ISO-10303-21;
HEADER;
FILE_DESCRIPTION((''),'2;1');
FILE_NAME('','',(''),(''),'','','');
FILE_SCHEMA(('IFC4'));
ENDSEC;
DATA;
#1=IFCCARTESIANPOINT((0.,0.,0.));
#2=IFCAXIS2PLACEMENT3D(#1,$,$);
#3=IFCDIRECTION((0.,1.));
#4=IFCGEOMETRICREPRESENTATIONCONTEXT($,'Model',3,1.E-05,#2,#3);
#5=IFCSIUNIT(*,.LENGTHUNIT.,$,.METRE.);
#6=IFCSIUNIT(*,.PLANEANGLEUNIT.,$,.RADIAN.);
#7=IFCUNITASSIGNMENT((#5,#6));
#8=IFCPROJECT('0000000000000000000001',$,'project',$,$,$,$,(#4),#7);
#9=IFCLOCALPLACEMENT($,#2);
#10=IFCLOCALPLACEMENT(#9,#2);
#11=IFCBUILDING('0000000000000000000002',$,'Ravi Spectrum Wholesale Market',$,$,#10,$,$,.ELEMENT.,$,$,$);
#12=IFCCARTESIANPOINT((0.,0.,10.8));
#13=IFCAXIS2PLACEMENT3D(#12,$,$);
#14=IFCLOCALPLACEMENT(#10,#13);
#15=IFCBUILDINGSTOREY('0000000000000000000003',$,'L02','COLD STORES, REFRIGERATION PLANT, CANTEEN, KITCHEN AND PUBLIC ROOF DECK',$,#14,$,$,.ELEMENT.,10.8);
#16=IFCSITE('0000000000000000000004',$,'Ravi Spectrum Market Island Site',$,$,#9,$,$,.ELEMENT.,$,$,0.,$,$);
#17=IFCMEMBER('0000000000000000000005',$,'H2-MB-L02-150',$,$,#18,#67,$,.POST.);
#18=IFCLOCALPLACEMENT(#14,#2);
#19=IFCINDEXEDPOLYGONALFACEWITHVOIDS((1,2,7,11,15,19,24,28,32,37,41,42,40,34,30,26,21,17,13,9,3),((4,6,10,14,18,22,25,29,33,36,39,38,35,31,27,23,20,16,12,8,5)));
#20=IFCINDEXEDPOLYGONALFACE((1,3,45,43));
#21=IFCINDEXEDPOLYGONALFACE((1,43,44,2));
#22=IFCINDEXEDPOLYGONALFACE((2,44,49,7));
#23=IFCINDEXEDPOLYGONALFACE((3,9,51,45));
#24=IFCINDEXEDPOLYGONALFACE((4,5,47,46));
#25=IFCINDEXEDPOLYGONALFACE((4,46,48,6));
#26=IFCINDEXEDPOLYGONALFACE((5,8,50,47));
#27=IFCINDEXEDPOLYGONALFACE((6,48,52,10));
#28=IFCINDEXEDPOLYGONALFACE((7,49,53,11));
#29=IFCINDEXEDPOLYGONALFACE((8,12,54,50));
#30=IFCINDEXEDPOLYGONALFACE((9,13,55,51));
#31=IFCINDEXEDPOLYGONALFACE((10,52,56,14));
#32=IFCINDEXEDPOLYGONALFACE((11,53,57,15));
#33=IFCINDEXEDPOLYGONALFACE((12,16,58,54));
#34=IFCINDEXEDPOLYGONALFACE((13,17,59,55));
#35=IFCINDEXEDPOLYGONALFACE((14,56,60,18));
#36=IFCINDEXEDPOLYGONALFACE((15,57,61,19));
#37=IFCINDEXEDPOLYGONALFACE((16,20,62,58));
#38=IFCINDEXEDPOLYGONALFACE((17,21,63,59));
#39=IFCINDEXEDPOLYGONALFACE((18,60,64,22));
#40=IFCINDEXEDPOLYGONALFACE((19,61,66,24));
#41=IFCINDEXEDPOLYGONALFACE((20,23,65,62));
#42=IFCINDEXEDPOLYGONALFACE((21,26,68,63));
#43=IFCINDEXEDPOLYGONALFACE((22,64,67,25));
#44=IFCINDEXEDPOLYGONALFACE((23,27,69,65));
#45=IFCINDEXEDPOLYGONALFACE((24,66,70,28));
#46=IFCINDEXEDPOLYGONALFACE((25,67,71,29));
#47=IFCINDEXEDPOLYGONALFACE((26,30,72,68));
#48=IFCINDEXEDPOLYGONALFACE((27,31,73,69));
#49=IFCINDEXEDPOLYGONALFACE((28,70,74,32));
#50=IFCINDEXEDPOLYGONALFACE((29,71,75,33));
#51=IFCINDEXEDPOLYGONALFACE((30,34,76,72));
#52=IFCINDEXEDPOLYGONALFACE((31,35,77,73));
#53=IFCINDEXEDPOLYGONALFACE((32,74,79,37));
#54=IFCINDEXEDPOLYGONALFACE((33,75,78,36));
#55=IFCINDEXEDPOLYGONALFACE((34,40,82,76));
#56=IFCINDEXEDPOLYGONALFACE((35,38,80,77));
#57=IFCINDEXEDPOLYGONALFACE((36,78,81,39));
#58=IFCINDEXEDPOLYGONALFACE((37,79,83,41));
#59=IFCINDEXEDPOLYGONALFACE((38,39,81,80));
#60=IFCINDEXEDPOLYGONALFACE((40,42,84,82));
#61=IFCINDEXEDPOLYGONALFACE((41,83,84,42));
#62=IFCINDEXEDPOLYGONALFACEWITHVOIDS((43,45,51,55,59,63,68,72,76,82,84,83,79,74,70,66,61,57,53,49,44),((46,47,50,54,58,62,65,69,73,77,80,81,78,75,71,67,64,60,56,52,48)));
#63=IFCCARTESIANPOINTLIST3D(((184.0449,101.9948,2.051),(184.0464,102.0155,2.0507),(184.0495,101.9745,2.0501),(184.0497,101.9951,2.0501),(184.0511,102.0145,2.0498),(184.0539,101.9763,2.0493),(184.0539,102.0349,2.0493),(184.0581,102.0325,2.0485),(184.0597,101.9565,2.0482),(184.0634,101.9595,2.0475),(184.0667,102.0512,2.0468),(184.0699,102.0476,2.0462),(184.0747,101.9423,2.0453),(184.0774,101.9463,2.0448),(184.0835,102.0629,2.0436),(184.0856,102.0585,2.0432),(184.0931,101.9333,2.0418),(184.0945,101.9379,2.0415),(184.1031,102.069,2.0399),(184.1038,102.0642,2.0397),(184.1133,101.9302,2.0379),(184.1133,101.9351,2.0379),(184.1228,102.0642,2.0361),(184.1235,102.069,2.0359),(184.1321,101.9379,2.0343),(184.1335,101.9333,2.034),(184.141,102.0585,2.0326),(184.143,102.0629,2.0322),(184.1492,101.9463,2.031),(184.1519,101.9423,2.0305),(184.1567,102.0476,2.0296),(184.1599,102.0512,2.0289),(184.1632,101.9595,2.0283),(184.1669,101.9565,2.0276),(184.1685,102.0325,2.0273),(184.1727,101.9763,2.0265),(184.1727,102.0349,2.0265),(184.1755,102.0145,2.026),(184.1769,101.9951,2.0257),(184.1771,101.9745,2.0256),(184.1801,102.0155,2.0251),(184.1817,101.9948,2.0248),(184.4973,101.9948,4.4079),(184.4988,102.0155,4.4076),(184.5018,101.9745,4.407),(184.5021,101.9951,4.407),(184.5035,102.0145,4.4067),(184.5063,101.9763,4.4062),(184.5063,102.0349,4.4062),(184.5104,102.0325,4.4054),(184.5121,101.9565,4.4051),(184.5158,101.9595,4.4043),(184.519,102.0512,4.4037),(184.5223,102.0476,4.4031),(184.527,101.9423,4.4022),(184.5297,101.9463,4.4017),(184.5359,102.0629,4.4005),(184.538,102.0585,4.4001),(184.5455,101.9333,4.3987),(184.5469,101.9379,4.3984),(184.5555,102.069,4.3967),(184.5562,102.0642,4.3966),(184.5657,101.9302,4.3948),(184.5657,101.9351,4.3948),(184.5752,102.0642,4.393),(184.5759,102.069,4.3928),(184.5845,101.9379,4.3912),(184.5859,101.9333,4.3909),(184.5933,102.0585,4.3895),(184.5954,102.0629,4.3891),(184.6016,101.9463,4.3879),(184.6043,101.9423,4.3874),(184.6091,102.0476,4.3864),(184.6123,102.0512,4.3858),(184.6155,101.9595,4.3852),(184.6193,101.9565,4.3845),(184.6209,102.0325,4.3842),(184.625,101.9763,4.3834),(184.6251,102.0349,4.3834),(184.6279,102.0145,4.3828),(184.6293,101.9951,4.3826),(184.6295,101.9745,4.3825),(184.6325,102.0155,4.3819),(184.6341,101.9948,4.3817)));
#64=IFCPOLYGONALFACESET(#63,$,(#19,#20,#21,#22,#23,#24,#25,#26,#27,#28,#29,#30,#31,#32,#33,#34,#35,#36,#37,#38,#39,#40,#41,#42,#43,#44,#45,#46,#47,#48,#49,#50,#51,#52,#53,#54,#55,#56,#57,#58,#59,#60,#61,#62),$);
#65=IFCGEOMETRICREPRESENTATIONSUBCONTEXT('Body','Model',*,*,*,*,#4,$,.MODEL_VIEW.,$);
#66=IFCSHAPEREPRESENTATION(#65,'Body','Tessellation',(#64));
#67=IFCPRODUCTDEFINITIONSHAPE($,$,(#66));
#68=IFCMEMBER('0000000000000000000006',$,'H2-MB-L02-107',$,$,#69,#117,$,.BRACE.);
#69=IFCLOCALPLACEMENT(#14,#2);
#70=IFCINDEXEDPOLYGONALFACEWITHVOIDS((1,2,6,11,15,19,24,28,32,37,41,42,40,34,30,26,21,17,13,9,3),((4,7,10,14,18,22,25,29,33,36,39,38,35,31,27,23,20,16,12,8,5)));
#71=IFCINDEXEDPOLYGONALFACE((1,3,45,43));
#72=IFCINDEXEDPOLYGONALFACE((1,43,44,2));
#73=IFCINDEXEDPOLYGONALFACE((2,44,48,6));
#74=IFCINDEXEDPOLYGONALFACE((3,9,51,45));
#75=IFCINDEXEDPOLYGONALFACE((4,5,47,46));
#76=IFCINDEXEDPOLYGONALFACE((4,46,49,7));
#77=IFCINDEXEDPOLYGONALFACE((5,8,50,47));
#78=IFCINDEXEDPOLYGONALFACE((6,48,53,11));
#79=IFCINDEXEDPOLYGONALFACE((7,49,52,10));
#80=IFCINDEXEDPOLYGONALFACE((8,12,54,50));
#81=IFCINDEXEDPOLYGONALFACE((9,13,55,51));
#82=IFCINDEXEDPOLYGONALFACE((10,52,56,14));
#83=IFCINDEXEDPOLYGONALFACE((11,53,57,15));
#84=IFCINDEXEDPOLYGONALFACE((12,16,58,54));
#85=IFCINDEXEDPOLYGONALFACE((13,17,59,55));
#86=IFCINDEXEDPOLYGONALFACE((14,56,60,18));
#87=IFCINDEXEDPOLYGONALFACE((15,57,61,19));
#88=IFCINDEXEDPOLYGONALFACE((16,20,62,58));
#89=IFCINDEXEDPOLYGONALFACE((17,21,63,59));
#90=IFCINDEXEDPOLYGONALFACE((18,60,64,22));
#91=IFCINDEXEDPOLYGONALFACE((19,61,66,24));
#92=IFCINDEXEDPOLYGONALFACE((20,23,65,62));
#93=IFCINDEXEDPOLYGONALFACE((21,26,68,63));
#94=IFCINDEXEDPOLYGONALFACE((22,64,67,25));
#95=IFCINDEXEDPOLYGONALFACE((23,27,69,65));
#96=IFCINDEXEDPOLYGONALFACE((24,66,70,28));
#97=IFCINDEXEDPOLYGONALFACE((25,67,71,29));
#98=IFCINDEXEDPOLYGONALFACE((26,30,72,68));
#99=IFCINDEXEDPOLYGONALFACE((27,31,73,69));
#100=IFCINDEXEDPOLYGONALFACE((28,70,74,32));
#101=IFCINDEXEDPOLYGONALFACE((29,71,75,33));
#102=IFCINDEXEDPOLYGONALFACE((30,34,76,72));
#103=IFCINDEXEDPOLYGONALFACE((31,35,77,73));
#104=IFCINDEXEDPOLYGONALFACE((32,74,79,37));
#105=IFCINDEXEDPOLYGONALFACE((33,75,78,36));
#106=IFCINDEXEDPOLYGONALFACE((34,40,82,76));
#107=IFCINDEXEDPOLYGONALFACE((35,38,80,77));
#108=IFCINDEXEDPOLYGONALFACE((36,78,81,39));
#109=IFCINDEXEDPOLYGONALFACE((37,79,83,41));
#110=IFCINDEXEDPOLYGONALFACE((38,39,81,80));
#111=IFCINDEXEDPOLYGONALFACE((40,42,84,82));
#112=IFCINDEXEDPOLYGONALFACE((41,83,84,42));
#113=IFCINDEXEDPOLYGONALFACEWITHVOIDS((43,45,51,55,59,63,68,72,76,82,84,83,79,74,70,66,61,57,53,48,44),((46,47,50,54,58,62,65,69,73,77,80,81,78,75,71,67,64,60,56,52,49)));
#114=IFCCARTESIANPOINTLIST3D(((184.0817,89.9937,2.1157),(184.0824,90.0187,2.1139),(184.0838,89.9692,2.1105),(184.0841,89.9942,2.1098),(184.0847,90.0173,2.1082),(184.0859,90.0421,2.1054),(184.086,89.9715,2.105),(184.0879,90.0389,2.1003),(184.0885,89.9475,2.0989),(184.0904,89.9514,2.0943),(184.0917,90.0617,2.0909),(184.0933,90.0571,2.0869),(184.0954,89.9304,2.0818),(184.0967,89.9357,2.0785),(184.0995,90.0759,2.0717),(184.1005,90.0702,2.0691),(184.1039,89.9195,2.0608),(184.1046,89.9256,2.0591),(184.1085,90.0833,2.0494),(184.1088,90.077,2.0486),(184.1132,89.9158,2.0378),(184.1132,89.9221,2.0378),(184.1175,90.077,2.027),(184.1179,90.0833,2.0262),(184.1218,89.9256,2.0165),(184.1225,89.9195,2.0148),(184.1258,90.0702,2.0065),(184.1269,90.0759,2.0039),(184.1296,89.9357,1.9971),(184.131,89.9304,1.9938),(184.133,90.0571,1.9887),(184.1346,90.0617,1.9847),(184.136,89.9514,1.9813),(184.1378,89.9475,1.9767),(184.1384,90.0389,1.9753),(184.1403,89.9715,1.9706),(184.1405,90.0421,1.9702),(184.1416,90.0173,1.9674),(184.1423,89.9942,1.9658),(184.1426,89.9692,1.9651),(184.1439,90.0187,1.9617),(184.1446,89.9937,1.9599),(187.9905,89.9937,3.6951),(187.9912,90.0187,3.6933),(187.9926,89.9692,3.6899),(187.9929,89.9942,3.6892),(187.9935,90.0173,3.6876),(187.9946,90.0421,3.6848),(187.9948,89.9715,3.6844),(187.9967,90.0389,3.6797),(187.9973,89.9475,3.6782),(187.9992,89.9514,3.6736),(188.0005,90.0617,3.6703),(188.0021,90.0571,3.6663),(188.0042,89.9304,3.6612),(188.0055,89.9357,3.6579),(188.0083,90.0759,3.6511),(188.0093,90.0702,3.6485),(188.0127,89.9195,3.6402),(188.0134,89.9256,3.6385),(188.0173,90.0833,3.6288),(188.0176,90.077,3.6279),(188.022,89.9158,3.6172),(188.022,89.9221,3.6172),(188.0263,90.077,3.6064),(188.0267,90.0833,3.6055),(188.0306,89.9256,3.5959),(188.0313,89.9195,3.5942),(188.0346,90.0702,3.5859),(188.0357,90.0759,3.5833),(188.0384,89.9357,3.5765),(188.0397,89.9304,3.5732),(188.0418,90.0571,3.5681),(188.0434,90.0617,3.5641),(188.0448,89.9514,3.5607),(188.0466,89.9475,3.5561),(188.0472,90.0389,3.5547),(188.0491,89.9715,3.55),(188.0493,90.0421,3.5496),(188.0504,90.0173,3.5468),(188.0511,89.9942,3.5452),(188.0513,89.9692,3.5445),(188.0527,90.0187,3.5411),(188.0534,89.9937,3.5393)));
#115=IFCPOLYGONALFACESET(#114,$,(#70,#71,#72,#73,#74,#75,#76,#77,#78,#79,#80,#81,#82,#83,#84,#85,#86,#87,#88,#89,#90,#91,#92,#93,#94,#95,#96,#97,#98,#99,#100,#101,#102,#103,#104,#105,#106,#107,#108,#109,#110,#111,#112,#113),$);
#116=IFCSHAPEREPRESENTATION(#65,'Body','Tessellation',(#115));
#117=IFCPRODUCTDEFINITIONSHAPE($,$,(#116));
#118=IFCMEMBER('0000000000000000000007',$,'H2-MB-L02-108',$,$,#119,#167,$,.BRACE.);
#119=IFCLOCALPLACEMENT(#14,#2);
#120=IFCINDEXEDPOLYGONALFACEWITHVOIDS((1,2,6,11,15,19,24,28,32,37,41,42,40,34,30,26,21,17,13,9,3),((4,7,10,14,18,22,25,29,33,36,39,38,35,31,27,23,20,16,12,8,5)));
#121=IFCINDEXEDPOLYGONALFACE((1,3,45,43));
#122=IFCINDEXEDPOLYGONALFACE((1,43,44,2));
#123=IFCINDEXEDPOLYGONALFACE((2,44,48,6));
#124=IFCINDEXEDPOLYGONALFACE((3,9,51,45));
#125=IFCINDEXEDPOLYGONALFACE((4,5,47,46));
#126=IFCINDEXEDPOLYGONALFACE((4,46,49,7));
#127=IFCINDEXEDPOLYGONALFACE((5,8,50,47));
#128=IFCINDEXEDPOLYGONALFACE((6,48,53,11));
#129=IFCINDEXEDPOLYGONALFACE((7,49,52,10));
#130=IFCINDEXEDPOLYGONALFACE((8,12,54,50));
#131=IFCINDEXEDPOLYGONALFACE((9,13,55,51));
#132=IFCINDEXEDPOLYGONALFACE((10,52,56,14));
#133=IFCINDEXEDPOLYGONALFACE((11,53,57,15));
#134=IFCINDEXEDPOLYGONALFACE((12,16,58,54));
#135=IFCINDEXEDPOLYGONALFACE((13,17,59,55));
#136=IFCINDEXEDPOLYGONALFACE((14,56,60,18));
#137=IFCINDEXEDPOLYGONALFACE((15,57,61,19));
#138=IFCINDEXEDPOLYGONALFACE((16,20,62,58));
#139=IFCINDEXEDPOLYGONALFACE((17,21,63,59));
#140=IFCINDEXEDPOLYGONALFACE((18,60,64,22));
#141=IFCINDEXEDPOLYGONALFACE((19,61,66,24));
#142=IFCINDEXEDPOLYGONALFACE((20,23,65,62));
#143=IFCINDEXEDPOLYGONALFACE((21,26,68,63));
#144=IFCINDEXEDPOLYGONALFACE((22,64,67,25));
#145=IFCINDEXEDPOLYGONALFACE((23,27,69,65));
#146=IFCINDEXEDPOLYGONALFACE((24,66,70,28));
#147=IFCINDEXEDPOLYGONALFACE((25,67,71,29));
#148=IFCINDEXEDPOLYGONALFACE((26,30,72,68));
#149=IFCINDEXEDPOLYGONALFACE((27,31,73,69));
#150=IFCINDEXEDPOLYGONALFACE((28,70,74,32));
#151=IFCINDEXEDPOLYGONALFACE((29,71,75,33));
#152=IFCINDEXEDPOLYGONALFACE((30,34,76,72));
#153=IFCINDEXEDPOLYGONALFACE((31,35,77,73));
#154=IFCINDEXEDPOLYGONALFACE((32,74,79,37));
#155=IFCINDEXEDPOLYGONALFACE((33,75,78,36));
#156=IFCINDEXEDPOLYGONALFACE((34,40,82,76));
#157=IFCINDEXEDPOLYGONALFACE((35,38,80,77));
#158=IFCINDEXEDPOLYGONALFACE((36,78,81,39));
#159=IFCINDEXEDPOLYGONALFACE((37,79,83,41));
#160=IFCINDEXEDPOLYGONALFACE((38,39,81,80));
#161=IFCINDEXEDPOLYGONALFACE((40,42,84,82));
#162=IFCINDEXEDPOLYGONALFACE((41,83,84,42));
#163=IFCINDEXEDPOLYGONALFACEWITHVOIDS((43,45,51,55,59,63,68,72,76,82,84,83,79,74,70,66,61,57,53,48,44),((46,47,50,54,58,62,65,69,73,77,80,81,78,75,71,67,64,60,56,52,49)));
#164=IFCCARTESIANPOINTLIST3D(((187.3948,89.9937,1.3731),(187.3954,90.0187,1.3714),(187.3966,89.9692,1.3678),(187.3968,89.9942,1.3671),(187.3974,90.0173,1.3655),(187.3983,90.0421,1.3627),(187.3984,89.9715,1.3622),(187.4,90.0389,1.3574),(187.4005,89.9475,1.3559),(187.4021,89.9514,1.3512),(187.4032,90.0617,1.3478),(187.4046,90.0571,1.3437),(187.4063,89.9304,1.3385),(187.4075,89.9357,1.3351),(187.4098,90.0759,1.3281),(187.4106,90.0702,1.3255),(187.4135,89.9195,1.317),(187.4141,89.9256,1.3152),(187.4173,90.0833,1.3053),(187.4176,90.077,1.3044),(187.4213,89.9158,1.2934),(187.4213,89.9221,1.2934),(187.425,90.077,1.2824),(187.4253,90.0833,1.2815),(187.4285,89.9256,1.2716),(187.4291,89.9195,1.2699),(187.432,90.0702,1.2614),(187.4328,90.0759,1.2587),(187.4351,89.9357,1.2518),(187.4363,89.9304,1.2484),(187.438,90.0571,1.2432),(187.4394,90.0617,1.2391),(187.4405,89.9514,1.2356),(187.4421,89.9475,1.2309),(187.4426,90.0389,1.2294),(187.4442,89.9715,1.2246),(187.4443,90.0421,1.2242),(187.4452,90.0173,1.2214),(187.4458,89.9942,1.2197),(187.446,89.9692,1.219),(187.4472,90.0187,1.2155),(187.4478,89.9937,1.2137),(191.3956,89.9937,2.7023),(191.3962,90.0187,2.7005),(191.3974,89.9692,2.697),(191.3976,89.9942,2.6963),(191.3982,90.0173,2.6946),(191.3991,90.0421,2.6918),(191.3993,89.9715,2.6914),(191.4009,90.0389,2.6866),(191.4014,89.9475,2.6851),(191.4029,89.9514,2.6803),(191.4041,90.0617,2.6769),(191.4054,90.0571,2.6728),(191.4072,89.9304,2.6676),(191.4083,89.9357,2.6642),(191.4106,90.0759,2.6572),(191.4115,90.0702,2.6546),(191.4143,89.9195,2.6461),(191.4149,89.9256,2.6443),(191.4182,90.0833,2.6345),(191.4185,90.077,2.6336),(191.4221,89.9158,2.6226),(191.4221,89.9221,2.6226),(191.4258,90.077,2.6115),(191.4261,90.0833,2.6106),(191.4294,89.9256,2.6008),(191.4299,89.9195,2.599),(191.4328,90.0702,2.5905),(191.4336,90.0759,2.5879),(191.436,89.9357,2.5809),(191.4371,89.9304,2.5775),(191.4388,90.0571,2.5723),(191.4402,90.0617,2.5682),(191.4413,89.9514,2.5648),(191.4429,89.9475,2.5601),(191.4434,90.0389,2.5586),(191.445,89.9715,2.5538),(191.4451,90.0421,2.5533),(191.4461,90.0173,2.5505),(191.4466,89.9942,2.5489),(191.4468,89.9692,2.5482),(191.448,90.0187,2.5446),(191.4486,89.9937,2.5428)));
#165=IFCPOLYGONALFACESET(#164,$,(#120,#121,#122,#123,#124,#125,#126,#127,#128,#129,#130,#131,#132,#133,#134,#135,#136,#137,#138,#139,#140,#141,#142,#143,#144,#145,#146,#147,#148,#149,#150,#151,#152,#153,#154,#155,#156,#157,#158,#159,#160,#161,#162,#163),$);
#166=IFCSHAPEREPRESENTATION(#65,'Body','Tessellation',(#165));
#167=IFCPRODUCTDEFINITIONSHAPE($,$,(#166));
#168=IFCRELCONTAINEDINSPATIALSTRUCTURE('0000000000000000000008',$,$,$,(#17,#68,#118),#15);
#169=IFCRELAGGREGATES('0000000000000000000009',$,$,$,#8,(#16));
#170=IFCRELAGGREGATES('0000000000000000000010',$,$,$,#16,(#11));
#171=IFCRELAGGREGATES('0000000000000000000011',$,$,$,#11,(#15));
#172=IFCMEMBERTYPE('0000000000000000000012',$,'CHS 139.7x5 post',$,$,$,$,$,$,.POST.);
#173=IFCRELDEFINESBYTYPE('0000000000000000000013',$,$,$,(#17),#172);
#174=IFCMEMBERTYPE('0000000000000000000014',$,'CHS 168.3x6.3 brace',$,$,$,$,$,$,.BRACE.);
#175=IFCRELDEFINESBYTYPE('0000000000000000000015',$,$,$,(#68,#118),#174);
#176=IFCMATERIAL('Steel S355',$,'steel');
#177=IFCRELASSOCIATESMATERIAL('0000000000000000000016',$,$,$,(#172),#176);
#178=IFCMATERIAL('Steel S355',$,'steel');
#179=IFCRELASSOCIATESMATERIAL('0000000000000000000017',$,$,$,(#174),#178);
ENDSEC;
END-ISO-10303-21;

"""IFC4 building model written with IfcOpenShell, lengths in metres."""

from ifc_helpers import new_model, si_unit, direction, frame, origin, origin_2d, place, context, subcontext, project, spatial, hollow_circle, extrude, material, material_profile, profile_set, type_object, element, save


model = new_model("IFC4")

# Units and contexts
model_context = context("Model", 3, precision=1e-05, world=origin(), true_north=direction((0.0, 1.0)))
body_context = subcontext(model_context, "Body", "Model", "MODEL_VIEW")
ifc_project = project(units=[si_unit("LENGTHUNIT", "METRE"), si_unit("PLANEANGLEUNIT", "RADIAN")], contexts=[model_context])

# Site, building, storey
site_placement = place(None, origin())
site = spatial("IfcSite", under=ifc_project, at=site_placement, Name="Ravi Spectrum Market Island Site", CompositionType="ELEMENT", RefElevation=0.0)
building_placement = place(site_placement, origin())
building = spatial("IfcBuilding", under=site, at=building_placement, Name="Ravi Spectrum Wholesale Market", CompositionType="ELEMENT")
storey_placement = place(building_placement, frame((0.0, 0.0, 10.8)))
storey = spatial("IfcBuildingStorey", under=building, at=storey_placement, Name="L02", Description="COLD STORES, REFRIGERATION PLANT, CANTEEN, KITCHEN AND PUBLIC ROOF DECK", CompositionType="ELEMENT", Elevation=10.8)

# Members
ifc_material_1 = material(Name="Steel S355", Category="steel")
ifc_material_profile_1 = material_profile(ifc_material_1, hollow_circle(Radius=0.0698, WallThickness=0.0049, at=origin_2d()))
ifc_profile_set_1 = profile_set([ifc_material_profile_1], Name="Steel S355")
member_type_1 = type_object("IfcMemberType", Name="CHS 139.7x5 post", PredefinedType="POST", material=ifc_profile_set_1)
member_1_placement = place(storey_placement, frame((184.5657, 102.0, 4.3948), z_axis=(-0.1885, 0.0, -0.982073), x_axis=(0.0, -1.0, 0.0)))
element("IfcMember", 1, at=member_1_placement, inside=storey, type_object=member_type_1, Name="H2-MB-L02-150", PredefinedType="POST", context=body_context, shape_type="SweptSolid", body=[
    extrude(hollow_circle(Radius=0.0698, WallThickness=0.0049, at=origin_2d()), origin(), (0.0, 0.0, 1.0), 2.3999),
])
ifc_material_2 = material(Name="Steel S355", Category="steel")
ifc_material_profile_2 = material_profile(ifc_material_2, hollow_circle(Radius=0.0842, WallThickness=0.0063, at=origin_2d()))
ifc_profile_set_2 = profile_set([ifc_material_profile_2], Name="Steel S355")
member_type_2 = type_object("IfcMemberType", Name="CHS 168.3x6.3 brace", PredefinedType="BRACE", material=ifc_profile_set_2)
for number, where, z_axis, x_axis, name in (
    (2, (188.022, 90.0, 3.6172), (-0.927173, 0.0, -0.374633), (0.0, -1.0, 0.0), "H2-MB-L02-107"),
    (3, (191.4221, 90.0, 2.6226), (-0.949001, 0.0, -0.315272), (0.0, -1.0, 0.0), "H2-MB-L02-108"),
):
    element("IfcMember", number, at=place(storey_placement, frame(where, z_axis=z_axis, x_axis=x_axis)), inside=storey, type_object=member_type_2, Name=name, PredefinedType="BRACE", context=body_context, shape_type="SweptSolid", body=[
        extrude(hollow_circle(Radius=0.0842, WallThickness=0.0063, at=origin_2d()), origin(), (0.0, 0.0, 1.0), 4.2158),
    ])

save(model, "model.ifc")
